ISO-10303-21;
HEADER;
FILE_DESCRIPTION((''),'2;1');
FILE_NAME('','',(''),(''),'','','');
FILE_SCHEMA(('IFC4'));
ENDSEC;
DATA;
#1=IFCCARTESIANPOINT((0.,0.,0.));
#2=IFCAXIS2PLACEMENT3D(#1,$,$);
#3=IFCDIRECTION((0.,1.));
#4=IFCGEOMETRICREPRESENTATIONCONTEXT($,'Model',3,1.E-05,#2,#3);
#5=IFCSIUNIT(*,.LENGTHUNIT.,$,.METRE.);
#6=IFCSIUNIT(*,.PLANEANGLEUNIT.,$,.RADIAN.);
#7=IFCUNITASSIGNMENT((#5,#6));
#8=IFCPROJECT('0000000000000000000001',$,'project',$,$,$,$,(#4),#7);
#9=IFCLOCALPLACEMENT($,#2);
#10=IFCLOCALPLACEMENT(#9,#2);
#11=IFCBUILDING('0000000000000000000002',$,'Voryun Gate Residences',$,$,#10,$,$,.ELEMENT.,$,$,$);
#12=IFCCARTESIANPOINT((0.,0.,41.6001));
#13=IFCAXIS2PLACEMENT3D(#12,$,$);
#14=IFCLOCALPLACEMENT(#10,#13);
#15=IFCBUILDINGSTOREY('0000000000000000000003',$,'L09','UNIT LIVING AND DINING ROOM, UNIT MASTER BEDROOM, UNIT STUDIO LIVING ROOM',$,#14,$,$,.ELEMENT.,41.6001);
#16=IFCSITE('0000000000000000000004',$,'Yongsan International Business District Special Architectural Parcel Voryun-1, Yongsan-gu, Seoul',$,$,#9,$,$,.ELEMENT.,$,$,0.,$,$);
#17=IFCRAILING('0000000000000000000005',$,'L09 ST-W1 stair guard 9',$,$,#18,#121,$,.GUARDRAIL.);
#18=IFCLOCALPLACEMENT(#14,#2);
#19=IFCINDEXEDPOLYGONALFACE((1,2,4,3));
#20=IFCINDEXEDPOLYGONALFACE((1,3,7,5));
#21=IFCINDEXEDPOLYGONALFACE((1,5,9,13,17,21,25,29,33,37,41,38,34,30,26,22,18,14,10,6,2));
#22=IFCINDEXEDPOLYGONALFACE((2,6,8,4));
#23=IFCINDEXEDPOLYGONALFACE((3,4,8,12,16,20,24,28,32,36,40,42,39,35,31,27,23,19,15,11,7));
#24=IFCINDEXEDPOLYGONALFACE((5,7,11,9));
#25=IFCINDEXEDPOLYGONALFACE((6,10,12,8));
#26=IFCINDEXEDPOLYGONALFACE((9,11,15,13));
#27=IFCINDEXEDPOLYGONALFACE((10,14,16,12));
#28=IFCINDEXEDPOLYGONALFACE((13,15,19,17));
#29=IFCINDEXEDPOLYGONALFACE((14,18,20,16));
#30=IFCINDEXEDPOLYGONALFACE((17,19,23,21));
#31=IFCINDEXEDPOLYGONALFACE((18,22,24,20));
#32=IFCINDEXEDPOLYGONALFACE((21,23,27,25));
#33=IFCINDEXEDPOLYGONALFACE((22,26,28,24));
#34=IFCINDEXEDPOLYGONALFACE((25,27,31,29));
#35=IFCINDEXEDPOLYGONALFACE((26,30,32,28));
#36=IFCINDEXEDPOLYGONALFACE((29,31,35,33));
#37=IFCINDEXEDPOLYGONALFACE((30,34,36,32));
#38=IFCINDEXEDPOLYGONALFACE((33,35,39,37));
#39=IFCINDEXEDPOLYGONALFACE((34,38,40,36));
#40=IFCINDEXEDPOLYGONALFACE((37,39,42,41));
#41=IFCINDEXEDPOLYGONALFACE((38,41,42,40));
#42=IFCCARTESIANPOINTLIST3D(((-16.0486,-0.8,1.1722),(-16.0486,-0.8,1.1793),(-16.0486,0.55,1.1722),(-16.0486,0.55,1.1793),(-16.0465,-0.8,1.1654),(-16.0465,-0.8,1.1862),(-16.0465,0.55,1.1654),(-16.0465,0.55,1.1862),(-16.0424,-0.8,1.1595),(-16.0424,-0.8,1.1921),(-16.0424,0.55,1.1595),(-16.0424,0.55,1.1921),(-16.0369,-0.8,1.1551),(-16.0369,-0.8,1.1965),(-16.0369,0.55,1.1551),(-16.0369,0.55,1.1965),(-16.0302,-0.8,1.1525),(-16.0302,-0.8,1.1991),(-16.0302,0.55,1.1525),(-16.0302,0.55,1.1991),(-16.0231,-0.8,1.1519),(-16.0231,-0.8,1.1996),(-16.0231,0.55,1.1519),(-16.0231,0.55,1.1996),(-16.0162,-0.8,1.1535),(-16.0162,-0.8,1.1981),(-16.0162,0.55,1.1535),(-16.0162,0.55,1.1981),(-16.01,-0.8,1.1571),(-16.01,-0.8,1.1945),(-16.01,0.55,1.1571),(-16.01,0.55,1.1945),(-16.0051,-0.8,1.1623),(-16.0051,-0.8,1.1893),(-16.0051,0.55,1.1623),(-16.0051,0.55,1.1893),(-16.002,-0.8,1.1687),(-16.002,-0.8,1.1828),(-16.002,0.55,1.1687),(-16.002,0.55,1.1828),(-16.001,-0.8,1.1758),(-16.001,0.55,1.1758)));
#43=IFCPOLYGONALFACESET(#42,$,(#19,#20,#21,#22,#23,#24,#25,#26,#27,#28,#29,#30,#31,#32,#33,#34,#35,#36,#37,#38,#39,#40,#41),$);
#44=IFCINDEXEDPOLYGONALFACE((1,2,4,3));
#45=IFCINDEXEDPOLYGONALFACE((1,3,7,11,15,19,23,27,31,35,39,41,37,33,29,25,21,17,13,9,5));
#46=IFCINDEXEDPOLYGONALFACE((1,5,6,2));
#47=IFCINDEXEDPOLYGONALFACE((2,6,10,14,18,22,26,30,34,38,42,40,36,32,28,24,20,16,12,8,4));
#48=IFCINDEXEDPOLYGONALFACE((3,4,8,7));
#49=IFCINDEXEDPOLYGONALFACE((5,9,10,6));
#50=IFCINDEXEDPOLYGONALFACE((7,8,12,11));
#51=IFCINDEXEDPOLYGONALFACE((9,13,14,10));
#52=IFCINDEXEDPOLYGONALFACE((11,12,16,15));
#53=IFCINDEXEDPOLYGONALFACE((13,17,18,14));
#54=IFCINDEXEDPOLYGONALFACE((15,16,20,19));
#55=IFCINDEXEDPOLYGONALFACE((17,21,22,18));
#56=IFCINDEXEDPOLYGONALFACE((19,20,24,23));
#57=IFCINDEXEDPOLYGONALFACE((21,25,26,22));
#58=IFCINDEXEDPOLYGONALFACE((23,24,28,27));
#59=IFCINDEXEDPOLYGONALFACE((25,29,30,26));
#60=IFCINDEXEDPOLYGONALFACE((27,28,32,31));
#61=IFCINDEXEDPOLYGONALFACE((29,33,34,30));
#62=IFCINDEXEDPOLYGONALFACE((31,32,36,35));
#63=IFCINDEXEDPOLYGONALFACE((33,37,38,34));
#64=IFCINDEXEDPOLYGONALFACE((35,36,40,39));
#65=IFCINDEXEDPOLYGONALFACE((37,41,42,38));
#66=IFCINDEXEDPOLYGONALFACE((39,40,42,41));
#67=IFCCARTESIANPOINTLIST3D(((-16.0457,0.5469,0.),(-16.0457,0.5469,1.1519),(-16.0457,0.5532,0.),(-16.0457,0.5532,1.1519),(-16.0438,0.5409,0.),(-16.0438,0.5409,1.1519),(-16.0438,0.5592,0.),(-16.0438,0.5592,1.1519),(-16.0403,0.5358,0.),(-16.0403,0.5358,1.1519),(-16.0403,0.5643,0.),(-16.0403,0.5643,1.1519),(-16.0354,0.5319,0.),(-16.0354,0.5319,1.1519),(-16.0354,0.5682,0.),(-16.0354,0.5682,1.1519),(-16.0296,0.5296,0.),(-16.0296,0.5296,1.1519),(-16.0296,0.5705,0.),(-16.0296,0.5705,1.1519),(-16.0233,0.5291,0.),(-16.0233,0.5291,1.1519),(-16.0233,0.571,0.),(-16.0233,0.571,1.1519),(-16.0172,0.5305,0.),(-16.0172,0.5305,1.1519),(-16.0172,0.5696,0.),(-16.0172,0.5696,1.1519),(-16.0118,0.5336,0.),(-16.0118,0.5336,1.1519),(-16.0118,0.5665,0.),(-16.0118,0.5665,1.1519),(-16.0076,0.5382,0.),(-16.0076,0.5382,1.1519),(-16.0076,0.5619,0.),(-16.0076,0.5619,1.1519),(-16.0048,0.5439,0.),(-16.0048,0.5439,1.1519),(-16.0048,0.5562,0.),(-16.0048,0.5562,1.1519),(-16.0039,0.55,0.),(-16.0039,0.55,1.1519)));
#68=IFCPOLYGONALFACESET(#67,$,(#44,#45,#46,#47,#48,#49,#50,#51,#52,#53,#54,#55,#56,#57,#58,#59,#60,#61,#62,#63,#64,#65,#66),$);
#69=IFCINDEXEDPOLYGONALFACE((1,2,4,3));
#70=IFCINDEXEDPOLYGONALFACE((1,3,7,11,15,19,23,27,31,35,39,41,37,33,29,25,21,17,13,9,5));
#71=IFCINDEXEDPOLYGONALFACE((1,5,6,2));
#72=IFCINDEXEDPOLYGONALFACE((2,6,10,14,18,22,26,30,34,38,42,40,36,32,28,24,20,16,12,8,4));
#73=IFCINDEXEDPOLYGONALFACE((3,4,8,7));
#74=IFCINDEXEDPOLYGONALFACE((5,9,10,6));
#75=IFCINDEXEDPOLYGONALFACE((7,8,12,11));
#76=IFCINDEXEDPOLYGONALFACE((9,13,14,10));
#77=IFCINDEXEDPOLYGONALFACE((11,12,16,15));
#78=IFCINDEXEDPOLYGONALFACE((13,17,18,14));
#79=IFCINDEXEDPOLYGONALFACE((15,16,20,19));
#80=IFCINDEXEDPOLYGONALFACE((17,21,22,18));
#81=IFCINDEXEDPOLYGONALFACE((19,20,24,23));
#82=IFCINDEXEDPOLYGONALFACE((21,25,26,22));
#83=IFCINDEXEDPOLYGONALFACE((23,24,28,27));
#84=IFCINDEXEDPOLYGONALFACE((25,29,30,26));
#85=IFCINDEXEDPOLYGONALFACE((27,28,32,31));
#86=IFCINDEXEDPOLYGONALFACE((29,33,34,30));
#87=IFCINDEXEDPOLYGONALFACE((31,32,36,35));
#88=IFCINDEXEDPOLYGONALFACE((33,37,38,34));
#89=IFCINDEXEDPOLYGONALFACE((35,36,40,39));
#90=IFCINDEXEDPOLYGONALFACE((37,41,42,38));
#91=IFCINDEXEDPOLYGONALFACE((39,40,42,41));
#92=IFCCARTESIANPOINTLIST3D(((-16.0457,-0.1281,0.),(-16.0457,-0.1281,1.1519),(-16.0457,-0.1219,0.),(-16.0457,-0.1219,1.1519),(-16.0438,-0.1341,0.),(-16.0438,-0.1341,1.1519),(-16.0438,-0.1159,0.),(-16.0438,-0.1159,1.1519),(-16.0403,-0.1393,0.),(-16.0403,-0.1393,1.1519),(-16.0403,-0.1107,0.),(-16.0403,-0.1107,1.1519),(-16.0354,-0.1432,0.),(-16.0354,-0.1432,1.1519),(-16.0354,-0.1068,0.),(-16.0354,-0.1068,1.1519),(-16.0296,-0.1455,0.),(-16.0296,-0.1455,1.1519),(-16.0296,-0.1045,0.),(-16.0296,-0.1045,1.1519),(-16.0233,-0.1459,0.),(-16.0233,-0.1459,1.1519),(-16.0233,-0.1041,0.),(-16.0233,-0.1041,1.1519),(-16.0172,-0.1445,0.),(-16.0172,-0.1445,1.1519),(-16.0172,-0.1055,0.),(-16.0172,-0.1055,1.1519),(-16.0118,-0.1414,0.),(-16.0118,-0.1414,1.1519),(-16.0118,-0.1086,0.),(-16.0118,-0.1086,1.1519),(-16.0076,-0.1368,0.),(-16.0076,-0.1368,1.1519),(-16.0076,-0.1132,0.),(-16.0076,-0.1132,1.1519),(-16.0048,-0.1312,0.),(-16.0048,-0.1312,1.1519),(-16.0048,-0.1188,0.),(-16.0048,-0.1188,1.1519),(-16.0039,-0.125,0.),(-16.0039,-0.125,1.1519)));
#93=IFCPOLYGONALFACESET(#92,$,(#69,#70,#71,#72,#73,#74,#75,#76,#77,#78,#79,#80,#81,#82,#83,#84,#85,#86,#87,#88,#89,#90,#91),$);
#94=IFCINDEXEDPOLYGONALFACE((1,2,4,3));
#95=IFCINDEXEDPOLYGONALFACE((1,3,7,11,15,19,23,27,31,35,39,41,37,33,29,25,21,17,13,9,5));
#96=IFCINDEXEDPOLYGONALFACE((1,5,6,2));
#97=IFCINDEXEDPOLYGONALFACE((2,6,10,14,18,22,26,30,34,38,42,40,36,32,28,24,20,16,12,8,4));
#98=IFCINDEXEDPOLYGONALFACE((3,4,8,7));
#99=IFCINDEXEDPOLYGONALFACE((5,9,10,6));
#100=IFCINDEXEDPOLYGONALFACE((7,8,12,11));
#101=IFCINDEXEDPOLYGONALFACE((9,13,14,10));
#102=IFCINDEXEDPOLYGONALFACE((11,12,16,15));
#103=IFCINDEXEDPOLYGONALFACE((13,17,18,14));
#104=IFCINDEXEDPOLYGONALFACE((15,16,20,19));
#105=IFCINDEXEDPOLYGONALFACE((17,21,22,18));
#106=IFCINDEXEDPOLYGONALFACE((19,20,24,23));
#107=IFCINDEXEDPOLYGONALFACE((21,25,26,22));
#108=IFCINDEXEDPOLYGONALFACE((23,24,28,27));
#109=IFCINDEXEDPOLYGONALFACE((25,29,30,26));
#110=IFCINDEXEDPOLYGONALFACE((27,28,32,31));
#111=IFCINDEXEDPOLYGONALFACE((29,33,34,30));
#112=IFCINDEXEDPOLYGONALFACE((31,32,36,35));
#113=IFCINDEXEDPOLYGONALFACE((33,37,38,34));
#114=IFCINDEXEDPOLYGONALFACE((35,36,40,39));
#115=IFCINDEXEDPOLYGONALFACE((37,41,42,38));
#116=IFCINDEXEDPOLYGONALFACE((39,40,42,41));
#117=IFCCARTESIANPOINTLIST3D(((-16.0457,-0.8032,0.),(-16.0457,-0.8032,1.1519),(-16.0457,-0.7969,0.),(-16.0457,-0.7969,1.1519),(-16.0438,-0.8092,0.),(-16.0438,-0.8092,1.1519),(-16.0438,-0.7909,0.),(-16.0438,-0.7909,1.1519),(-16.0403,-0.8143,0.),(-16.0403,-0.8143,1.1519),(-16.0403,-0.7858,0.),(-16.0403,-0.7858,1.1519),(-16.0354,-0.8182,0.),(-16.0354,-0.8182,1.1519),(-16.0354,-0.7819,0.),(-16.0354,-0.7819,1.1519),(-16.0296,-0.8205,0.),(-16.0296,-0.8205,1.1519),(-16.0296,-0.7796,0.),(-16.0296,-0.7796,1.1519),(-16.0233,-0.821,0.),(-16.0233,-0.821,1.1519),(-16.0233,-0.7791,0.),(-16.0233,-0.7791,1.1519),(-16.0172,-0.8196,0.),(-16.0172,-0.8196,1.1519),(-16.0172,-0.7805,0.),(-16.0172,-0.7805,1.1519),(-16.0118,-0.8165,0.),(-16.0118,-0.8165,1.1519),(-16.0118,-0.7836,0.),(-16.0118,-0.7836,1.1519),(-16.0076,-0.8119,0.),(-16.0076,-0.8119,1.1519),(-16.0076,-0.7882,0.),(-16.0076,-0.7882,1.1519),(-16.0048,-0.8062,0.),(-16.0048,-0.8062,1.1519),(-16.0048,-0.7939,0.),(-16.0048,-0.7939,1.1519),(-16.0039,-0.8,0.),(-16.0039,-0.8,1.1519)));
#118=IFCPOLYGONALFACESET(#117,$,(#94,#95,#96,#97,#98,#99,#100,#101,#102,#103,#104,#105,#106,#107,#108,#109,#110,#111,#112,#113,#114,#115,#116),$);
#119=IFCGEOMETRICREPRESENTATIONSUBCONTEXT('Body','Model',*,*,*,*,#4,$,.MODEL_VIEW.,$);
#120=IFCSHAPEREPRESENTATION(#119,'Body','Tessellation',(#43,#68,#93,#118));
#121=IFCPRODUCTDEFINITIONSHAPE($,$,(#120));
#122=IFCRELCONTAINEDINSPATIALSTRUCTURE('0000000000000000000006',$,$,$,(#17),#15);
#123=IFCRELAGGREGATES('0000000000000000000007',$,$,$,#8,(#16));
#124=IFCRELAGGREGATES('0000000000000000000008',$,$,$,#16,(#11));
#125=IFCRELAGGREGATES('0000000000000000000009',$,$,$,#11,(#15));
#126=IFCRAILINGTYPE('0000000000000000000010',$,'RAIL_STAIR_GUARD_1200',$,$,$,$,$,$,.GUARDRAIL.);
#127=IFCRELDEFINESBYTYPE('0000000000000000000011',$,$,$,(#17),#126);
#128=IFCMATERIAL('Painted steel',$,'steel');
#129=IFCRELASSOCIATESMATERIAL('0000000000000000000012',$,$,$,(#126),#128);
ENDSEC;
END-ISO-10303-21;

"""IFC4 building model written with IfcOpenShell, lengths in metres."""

from ifc_helpers import new_model, si_unit, direction, frame, origin, origin_2d, place, context, subcontext, project, spatial, circle, extrude, material, type_object, element, save


model = new_model("IFC4")

# Units and contexts
model_context = context("Model", 3, precision=1e-05, world=origin(), true_north=direction((0.0, 1.0)))
body_context = subcontext(model_context, "Body", "Model", "MODEL_VIEW")
ifc_project = project(units=[si_unit("LENGTHUNIT", "METRE"), si_unit("PLANEANGLEUNIT", "RADIAN")], contexts=[model_context])

# Site, building, storey
site_placement = place(None, origin())
site = spatial("IfcSite", under=ifc_project, at=site_placement, Name="Yongsan International Business District Special Architectural Parcel Voryun-1, Yongsan-gu, Seoul", CompositionType="ELEMENT", RefElevation=0.0)
building_placement = place(site_placement, origin())
building = spatial("IfcBuilding", under=site, at=building_placement, Name="Voryun Gate Residences", CompositionType="ELEMENT")
storey_placement = place(building_placement, frame((0.0, 0.0, 41.6001)))
storey = spatial("IfcBuildingStorey", under=building, at=storey_placement, Name="L09", Description="UNIT LIVING AND DINING ROOM, UNIT MASTER BEDROOM, UNIT STUDIO LIVING ROOM", CompositionType="ELEMENT", Elevation=41.6001)

# Railing
ifc_material_1 = material(Name="Painted steel", Category="steel")
railing_type = type_object("IfcRailingType", Name="RAIL_STAIR_GUARD_1200", PredefinedType="GUARDRAIL", material=ifc_material_1)
for number, where, name in (
    (1, (-16.0249, 0.55, 0.0), "L09 ST-W1 stair guard 9"),
):
    element("IfcRailing", number, at=place(storey_placement, frame(where)), inside=storey, type_object=railing_type, Name=name, PredefinedType="GUARDRAIL", context=body_context, shape_type="SweptSolid", body=[
        extrude(circle(Radius=0.0239, at=origin_2d()), frame((0.0, 0.0, 1.1758), z_axis=(0.0, -1.0, 0.0), x_axis=(1.0, 0.0, 0.0)), (0.0, 0.0, 1.0), 1.3501),
        extrude(circle(Radius=0.021, at=origin_2d()), origin(), (0.0, 0.0, 1.0), 1.1519),
        extrude(circle(Radius=0.021, at=origin_2d()), frame((0.0, -0.675, 0.0)), (0.0, 0.0, 1.0), 1.1519),
        extrude(circle(Radius=0.021, at=origin_2d()), frame((0.0, -1.3501, 0.0)), (0.0, 0.0, 1.0), 1.1519),
    ])

save(model, "model.ifc")
